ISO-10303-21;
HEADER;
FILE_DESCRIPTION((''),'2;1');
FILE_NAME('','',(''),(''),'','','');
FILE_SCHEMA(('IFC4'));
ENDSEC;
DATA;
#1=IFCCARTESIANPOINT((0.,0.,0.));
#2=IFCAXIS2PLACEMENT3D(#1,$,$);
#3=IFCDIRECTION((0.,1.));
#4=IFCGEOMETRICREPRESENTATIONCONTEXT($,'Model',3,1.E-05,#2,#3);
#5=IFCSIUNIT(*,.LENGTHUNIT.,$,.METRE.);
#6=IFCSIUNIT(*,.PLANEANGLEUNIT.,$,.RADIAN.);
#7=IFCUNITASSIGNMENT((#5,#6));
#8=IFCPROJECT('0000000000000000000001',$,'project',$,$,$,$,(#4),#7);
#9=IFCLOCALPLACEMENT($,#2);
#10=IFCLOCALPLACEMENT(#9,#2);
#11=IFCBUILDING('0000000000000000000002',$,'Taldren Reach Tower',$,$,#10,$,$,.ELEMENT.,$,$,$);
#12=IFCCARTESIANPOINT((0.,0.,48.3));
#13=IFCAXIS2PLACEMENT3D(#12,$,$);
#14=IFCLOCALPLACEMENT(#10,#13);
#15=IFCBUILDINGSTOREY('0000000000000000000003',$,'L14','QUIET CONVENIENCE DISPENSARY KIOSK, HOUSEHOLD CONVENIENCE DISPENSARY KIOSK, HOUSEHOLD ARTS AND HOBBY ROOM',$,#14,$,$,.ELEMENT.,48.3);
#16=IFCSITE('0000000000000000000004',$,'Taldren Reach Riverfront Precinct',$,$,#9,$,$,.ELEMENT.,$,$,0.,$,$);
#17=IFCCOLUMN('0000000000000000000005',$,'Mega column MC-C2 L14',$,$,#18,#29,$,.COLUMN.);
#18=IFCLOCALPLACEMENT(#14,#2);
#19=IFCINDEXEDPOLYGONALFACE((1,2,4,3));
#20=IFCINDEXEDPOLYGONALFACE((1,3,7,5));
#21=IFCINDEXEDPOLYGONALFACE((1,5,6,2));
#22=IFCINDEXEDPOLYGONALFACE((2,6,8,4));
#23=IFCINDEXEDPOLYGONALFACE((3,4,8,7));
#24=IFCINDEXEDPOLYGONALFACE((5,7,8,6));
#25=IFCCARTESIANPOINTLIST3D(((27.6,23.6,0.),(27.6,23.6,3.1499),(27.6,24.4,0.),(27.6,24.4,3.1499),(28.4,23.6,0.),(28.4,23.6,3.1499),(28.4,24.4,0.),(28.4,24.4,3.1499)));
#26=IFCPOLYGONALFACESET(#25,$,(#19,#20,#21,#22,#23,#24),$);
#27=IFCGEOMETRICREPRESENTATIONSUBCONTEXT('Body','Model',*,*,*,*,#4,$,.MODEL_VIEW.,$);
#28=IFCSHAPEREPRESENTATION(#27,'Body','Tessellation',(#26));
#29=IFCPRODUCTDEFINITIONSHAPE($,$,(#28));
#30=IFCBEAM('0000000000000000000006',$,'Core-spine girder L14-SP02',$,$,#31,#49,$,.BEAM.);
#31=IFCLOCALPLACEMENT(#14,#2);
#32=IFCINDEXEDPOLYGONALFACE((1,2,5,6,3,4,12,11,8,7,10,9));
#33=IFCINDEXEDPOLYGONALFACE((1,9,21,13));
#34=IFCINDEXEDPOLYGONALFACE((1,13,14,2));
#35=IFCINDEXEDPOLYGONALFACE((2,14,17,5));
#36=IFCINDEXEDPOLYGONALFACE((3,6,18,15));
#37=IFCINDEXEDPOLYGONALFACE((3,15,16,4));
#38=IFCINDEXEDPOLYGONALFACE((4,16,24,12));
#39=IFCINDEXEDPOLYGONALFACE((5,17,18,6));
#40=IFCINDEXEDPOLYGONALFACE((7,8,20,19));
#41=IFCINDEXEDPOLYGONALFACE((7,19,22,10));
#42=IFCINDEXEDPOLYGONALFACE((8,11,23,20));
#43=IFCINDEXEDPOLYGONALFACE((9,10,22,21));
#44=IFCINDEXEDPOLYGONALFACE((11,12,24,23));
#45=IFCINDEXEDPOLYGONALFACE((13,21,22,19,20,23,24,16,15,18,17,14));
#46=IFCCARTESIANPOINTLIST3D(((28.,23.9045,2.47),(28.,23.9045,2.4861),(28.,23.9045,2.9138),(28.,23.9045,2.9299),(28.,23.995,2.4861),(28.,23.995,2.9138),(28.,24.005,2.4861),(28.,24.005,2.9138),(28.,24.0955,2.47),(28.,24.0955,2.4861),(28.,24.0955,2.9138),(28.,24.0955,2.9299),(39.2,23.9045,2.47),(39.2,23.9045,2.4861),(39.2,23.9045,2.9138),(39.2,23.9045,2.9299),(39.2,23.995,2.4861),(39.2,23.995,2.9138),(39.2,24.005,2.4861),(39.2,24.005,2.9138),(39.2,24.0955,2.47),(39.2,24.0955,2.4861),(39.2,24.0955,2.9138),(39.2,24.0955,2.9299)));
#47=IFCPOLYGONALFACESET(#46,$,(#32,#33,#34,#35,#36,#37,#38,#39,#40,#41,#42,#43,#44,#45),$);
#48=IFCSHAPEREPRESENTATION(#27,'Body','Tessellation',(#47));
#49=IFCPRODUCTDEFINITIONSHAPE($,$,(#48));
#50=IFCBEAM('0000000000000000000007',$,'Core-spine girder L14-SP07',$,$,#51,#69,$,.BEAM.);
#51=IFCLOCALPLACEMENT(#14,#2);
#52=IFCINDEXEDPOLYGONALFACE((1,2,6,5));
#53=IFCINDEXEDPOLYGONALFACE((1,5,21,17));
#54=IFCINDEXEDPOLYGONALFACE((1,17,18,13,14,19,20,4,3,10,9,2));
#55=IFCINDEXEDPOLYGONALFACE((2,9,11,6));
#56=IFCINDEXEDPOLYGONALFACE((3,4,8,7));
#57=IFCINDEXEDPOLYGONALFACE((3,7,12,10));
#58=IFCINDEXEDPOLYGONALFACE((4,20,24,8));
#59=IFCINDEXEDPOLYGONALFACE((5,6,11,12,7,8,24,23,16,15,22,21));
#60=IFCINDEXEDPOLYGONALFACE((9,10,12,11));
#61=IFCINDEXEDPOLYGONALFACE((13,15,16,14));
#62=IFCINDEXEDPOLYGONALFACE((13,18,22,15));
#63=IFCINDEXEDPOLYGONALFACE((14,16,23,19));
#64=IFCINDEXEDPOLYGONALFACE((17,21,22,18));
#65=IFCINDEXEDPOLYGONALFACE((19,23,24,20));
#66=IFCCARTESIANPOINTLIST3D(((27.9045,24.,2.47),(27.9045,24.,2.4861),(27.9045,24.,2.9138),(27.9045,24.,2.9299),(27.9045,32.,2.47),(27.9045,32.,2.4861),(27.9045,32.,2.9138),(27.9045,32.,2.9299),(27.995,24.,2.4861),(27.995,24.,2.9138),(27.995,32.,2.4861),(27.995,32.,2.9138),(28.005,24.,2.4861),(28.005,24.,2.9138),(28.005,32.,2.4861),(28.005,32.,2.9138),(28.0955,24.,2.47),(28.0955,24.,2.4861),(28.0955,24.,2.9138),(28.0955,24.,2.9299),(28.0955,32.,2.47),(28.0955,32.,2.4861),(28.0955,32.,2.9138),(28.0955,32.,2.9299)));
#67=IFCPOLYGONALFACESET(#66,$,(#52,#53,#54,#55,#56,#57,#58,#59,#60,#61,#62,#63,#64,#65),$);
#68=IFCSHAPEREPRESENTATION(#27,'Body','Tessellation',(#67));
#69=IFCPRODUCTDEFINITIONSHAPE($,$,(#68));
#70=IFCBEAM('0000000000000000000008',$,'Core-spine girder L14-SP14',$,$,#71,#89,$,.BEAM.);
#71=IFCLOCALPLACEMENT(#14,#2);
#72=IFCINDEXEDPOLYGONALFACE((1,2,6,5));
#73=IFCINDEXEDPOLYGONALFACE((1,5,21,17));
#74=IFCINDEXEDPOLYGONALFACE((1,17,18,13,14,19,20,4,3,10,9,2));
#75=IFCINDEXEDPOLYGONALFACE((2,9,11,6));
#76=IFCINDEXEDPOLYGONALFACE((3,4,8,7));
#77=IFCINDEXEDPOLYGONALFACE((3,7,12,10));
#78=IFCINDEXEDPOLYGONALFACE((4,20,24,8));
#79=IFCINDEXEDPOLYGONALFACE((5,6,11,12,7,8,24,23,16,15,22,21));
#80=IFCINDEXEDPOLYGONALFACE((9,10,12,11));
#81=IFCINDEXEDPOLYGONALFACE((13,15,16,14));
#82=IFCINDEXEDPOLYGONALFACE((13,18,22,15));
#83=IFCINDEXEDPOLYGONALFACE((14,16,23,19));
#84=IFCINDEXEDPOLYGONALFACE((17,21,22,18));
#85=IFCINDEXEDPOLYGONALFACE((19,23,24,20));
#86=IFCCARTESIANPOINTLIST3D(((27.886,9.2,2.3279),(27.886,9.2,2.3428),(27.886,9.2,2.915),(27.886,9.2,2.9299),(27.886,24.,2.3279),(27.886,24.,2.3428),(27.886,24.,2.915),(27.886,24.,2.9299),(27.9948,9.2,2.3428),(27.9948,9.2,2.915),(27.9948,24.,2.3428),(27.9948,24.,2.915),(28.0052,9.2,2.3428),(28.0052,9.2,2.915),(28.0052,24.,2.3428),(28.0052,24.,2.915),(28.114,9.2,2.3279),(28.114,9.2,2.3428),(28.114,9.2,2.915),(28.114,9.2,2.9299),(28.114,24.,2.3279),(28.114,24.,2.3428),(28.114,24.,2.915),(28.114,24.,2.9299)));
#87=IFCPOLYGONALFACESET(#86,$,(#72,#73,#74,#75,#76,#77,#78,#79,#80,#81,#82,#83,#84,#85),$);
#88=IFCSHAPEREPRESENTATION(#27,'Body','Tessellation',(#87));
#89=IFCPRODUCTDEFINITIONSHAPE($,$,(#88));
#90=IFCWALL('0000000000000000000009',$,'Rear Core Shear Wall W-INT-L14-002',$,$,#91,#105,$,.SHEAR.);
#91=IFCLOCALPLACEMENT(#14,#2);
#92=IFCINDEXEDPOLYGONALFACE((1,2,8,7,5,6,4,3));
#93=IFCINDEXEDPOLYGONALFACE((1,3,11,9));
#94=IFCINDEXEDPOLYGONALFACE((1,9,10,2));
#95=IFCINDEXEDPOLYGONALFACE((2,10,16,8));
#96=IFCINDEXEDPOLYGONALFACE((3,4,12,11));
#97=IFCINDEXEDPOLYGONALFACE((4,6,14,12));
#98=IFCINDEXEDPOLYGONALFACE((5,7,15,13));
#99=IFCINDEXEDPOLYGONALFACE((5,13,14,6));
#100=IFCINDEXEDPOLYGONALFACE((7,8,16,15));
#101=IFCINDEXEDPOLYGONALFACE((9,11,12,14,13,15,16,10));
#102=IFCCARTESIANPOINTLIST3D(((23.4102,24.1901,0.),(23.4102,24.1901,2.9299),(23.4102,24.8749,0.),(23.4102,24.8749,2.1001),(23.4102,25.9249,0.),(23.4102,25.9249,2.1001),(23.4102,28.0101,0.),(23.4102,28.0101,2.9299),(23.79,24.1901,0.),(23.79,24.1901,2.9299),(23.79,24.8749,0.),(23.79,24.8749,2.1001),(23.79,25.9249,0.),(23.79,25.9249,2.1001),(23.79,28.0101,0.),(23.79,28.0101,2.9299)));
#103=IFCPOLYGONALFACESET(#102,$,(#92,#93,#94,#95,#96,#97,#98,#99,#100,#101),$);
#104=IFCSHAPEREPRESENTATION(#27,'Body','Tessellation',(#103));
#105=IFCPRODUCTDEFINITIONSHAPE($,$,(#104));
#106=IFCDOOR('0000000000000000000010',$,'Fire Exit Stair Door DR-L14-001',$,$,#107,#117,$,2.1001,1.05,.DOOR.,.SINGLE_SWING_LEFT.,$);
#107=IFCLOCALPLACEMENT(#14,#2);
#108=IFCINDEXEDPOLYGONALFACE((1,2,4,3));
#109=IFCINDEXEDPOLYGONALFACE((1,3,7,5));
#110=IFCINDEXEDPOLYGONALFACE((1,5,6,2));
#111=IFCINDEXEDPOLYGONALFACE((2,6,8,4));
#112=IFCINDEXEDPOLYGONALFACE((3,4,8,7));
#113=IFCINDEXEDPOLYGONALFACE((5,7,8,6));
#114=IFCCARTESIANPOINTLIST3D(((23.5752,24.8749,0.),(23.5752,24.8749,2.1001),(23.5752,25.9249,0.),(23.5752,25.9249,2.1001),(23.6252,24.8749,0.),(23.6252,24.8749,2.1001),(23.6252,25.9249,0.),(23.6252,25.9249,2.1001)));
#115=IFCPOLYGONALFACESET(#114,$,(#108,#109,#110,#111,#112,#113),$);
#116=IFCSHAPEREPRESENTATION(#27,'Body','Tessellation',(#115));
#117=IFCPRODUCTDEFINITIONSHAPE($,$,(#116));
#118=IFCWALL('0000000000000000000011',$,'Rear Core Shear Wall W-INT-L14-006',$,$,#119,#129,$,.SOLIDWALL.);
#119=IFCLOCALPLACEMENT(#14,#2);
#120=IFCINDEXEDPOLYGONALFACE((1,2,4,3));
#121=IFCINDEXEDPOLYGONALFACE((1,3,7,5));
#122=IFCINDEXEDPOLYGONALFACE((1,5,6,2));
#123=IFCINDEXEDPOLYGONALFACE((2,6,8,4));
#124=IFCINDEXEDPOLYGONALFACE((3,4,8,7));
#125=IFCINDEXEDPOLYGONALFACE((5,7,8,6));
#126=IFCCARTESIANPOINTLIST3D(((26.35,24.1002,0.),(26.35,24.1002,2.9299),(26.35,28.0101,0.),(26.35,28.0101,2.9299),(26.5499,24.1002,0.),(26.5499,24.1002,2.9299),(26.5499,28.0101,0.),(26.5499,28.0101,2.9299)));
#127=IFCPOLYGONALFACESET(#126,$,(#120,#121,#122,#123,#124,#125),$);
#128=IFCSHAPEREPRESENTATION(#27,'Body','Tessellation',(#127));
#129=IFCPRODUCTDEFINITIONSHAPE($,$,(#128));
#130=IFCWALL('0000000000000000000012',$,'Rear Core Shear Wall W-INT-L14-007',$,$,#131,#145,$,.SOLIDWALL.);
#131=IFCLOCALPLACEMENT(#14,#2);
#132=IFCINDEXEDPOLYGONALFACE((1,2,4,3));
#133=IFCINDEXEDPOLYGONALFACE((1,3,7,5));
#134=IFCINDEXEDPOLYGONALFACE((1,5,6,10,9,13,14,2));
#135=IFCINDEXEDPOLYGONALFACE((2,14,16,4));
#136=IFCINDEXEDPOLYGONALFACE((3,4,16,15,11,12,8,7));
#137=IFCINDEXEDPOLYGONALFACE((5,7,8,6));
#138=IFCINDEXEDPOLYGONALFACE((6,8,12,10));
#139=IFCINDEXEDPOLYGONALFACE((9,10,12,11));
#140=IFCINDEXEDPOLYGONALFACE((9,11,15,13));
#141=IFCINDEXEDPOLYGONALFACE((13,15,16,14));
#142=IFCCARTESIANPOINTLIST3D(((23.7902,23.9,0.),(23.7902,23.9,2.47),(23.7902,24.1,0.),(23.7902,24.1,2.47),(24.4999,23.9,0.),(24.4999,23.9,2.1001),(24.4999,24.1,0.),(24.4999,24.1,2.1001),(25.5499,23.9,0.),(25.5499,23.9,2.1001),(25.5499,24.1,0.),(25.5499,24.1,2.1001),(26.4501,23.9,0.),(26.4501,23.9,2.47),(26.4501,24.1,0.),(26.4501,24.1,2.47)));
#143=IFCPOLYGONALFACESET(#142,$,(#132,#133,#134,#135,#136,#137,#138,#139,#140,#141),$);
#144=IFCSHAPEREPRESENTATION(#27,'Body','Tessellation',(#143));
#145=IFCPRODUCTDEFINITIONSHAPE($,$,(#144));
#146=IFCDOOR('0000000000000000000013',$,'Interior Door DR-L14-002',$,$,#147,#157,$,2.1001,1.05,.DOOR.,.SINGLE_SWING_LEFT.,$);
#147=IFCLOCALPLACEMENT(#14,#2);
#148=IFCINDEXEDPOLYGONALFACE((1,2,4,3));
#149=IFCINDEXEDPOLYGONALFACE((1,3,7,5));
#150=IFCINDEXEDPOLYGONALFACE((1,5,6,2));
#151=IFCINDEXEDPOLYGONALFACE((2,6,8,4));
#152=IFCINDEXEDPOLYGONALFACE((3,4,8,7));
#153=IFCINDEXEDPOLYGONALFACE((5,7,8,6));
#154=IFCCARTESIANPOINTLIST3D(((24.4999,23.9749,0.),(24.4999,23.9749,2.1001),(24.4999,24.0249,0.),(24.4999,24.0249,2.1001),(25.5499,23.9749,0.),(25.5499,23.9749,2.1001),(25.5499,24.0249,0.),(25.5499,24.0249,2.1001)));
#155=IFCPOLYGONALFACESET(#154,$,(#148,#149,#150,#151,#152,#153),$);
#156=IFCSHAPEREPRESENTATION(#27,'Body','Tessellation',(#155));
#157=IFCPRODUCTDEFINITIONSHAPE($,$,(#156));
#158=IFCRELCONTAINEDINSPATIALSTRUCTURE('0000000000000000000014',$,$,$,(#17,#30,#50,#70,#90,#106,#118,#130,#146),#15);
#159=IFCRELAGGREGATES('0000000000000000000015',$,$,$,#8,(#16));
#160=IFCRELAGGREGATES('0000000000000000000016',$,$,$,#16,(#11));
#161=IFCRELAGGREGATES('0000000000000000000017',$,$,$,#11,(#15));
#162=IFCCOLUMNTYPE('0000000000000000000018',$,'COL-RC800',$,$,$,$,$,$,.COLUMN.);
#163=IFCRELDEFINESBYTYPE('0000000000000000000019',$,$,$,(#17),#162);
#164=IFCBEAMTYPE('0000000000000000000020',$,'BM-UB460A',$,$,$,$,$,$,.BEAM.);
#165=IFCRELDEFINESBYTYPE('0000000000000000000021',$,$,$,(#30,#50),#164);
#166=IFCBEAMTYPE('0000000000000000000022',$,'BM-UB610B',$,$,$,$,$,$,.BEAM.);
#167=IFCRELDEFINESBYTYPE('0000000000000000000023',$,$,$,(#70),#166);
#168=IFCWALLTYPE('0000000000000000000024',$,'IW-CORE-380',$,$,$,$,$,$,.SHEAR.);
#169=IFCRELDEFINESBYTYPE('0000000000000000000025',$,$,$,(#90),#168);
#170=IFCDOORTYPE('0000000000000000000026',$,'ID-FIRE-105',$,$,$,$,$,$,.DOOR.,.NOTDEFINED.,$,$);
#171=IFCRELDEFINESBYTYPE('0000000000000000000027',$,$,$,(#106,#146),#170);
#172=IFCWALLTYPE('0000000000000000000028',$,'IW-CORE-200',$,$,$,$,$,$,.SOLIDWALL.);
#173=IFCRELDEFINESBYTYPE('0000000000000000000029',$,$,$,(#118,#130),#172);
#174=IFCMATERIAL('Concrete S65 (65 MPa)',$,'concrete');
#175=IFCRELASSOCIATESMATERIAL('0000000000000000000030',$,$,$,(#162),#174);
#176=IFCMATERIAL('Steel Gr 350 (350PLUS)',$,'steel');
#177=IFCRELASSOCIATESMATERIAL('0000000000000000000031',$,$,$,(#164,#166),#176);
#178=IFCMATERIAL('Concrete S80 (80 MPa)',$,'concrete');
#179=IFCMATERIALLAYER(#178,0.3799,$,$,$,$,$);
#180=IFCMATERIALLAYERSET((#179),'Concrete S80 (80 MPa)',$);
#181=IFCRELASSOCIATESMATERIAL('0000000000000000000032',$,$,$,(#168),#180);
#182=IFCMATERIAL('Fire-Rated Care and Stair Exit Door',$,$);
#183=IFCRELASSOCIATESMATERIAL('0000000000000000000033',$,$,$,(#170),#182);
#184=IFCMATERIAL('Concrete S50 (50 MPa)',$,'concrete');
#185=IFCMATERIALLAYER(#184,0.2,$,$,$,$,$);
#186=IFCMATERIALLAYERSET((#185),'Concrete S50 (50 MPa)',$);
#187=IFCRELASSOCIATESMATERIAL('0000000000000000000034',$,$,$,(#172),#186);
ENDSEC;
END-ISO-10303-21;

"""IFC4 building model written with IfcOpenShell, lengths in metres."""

from ifc_helpers import new_model, si_unit, direction, frame, frame_2d, origin, origin_2d, place, context, subcontext, project, spatial, rectangle, i_section, extrude, source, transform, mapped, material, layer, layer_set, material_profile, profile_set, type_object, element, fill, save


model = new_model("IFC4")

# Units and contexts
model_context = context("Model", 3, precision=1e-05, world=origin(), true_north=direction((0.0, 1.0)))
body_context = subcontext(model_context, "Body", "Model", "MODEL_VIEW")
ifc_project = project(units=[si_unit("LENGTHUNIT", "METRE"), si_unit("PLANEANGLEUNIT", "RADIAN")], contexts=[model_context])

# Site, building, storey
site_placement = place(None, origin())
site = spatial("IfcSite", under=ifc_project, at=site_placement, Name="Taldren Reach Riverfront Precinct", CompositionType="ELEMENT", RefElevation=0.0)
building_placement = place(site_placement, origin())
building = spatial("IfcBuilding", under=site, at=building_placement, Name="Taldren Reach Tower", CompositionType="ELEMENT")
storey_placement = place(building_placement, frame((0.0, 0.0, 48.3)))
storey = spatial("IfcBuildingStorey", under=building, at=storey_placement, Name="L14", Description="QUIET CONVENIENCE DISPENSARY KIOSK, HOUSEHOLD CONVENIENCE DISPENSARY KIOSK, HOUSEHOLD ARTS AND HOBBY ROOM", CompositionType="ELEMENT", Elevation=48.3)

# Column
ifc_material_1 = material(Name="Concrete S65 (65 MPa)", Category="concrete")
ifc_material_profile_1 = material_profile(ifc_material_1, rectangle(XDim=0.8, YDim=0.8, at=origin_2d()), Name="RC-800x800")
ifc_profile_set_1 = profile_set([ifc_material_profile_1], Name="Concrete S65 (65 MPa)")
column_type = type_object("IfcColumnType", Name="COL-RC800", PredefinedType="COLUMN", material=ifc_profile_set_1)
shared_shape_1 = source(origin(), body_context, "Body", "SweptSolid", [
    extrude(rectangle(XDim=0.8, YDim=0.8, at=origin_2d()), origin(), (0.0, 0.0, 1.0), 3.1499),
])
column_placement = place(storey_placement, frame((28.0, 24.0, 0.0), z_axis=(0.0, 0.0, 1.0), x_axis=(1.0, 0.0, 0.0)))
element("IfcColumn", 1, at=column_placement, inside=storey, type_object=column_type, Name="Mega column MC-C2 L14", PredefinedType="COLUMN", context=body_context, shape_type="MappedRepresentation", body=[
    mapped(shared_shape_1, transform((0.0, 0.0, 0.0), scale=1.0)),
])

# Beams
ifc_material_2 = material(Name="Steel Gr 350 (350PLUS)", Category="steel")
ifc_material_profile_2 = material_profile(ifc_material_2, i_section(OverallWidth=0.1909, OverallDepth=0.46, WebThickness=0.01, FlangeThickness=0.0161, at=origin_2d()), Name="460UB82.1")
ifc_profile_set_2 = profile_set([ifc_material_profile_2], Name="Steel Gr 350 (350PLUS)")
beam_type_1 = type_object("IfcBeamType", Name="BM-UB460A", PredefinedType="BEAM", material=ifc_profile_set_2)
shared_shape_2 = source(origin(), body_context, "Body", "SweptSolid", [
    extrude(i_section(OverallWidth=0.1909, OverallDepth=0.46, WebThickness=0.01, FlangeThickness=0.0161, at=origin_2d()), origin(), (0.0, 0.0, 1.0), 11.2),
])
beam_1_placement = place(storey_placement, frame((28.0, 24.0, 2.7), z_axis=(1.0, 0.0, 0.0), x_axis=(0.0, 1.0, 0.0)))
element("IfcBeam", 2, at=beam_1_placement, inside=storey, type_object=beam_type_1, Name="Core-spine girder L14-SP02", PredefinedType="BEAM", context=body_context, shape_type="MappedRepresentation", body=[
    mapped(shared_shape_2, transform((0.0, 0.0, 0.0), scale=1.0)),
])
shared_shape_3 = source(origin(), body_context, "Body", "SweptSolid", [
    extrude(i_section(OverallWidth=0.1909, OverallDepth=0.46, WebThickness=0.01, FlangeThickness=0.0161, at=origin_2d()), origin(), (0.0, 0.0, 1.0), 8.0),
])
beam_2_placement = place(storey_placement, frame((28.0, 24.0, 2.7), z_axis=(0.0, 1.0, 0.0), x_axis=(-1.0, 0.0, 0.0)))
element("IfcBeam", 3, at=beam_2_placement, inside=storey, type_object=beam_type_1, Name="Core-spine girder L14-SP07", PredefinedType="BEAM", context=body_context, shape_type="MappedRepresentation", body=[
    mapped(shared_shape_3, transform((0.0, 0.0, 0.0), scale=1.0)),
])
ifc_material_profile_3 = material_profile(ifc_material_2, i_section(OverallWidth=0.228, OverallDepth=0.6021, WebThickness=0.0105, FlangeThickness=0.0149, at=origin_2d()), Name="610UB101")
ifc_profile_set_3 = profile_set([ifc_material_profile_3], Name="Steel Gr 350 (350PLUS)")
beam_type_2 = type_object("IfcBeamType", Name="BM-UB610B", PredefinedType="BEAM", material=ifc_profile_set_3)
shared_shape_4 = source(origin(), body_context, "Body", "SweptSolid", [
    extrude(i_section(OverallWidth=0.228, OverallDepth=0.6021, WebThickness=0.0105, FlangeThickness=0.0149, at=origin_2d()), origin(), (0.0, 0.0, 1.0), 14.8),
])
beam_3_placement = place(storey_placement, frame((28.0, 24.0, 2.6289), z_axis=(0.0, -1.0, 0.0), x_axis=(1.0, 0.0, 0.0)))
element("IfcBeam", 4, at=beam_3_placement, inside=storey, type_object=beam_type_2, Name="Core-spine girder L14-SP14", PredefinedType="BEAM", context=body_context, shape_type="MappedRepresentation", body=[
    mapped(shared_shape_4, transform((0.0, 0.0, 0.0), scale=1.0)),
])

# Wall, opening, door
ifc_material_3 = material(Name="Concrete S80 (80 MPa)", Category="concrete")
ifc_layer_1 = layer(ifc_material_3, 0.3799)
ifc_layer_set_1 = layer_set([ifc_layer_1], Name="Concrete S80 (80 MPa)")
wall_type_1 = type_object("IfcWallType", Name="IW-CORE-380", PredefinedType="SHEAR", material=ifc_layer_set_1)
shared_shape_5 = source(origin(), body_context, "Body", "SweptSolid", [
    extrude(rectangle(XDim=3.8201, YDim=0.3799, at=frame_2d((1.9102, 0.0))), origin(), (0.0, 0.0, 1.0), 2.9299),
])
wall_1_placement = place(storey_placement, frame((23.6001, 24.1899, 0.0), z_axis=(0.0, 0.0, 1.0), x_axis=(0.0, 1.0, 0.0)))
wall_1 = element("IfcWall", 5, at=wall_1_placement, inside=storey, type_object=wall_type_1, Name="Rear Core Shear Wall W-INT-L14-002", PredefinedType="SHEAR", context=body_context, shape_type="MappedRepresentation", body=[
    mapped(shared_shape_5, transform((0.0, 0.0, 0.0), scale=1.0)),
])
shared_shape_6 = source(origin(), body_context, "Body", "SweptSolid", [
    extrude(rectangle(XDim=1.05, YDim=2.1001, at=frame_2d((0.5249, 1.05))), frame((0.0, 0.2, 0.0), z_axis=(0.0, -1.0, 0.0), x_axis=(1.0, 0.0, 0.0)), (0.0, 0.0, 1.0), 0.3999),
])
opening_1_placement = place(wall_1_placement, frame((0.6851, 0.0, 0.0)))
opening_1 = element("IfcOpeningElement", 6, at=opening_1_placement, cuts=wall_1, PredefinedType="OPENING", context=body_context, shape_type="MappedRepresentation", body=[
    mapped(shared_shape_6, transform((0.0, 0.0, 0.0), scale=1.0)),
])
ifc_material_4 = material(Name="Fire-Rated Care and Stair Exit Door")
door_type = type_object("IfcDoorType", Name="ID-FIRE-105", OperationType="NOTDEFINED", PredefinedType="DOOR", material=ifc_material_4)
shared_shape_7 = source(origin(), body_context, "Body", "SweptSolid", [
    extrude(rectangle(XDim=1.05, YDim=2.1001, at=frame_2d((0.5249, 1.05))), frame((0.0, 0.0249, 0.0), z_axis=(0.0, -1.0, 0.0), x_axis=(1.0, 0.0, 0.0)), (0.0, 0.0, 1.0), 0.05),
])
door_1_placement = place(opening_1_placement, origin())
door_1 = element("IfcDoor", 7, at=door_1_placement, inside=storey, type_object=door_type, Name="Fire Exit Stair Door DR-L14-001", OperationType="SINGLE_SWING_LEFT", OverallHeight=2.1001, OverallWidth=1.05, PredefinedType="DOOR", context=body_context, shape_type="MappedRepresentation", body=[
    mapped(shared_shape_7, transform((0.0, 0.0, 0.0), scale=1.0)),
])
fill(opening_1, door_1)

# Wall
ifc_material_5 = material(Name="Concrete S50 (50 MPa)", Category="concrete")
ifc_layer_2 = layer(ifc_material_5, 0.2)
ifc_layer_set_2 = layer_set([ifc_layer_2], Name="Concrete S50 (50 MPa)")
wall_type_2 = type_object("IfcWallType", Name="IW-CORE-200", PredefinedType="SOLIDWALL", material=ifc_layer_set_2)
shared_shape_8 = source(origin(), body_context, "Body", "SweptSolid", [
    extrude(rectangle(XDim=3.9099, YDim=0.2, at=frame_2d((1.9551, 0.0))), origin(), (0.0, 0.0, 1.0), 2.9299),
])
wall_2_placement = place(storey_placement, frame((26.45, 24.1001, 0.0), z_axis=(0.0, 0.0, 1.0), x_axis=(0.0, 1.0, 0.0)))
element("IfcWall", 8, at=wall_2_placement, inside=storey, type_object=wall_type_2, Name="Rear Core Shear Wall W-INT-L14-006", PredefinedType="SOLIDWALL", context=body_context, shape_type="MappedRepresentation", body=[
    mapped(shared_shape_8, transform((0.0, 0.0, 0.0), scale=1.0)),
])

# Wall, opening, door
shared_shape_9 = source(origin(), body_context, "Body", "SweptSolid", [
    extrude(rectangle(XDim=2.6599, YDim=0.2, at=frame_2d((1.3301, 0.0))), origin(), (0.0, 0.0, 1.0), 2.47),
])
wall_3_placement = place(storey_placement, frame((23.79, 24.0, 0.0), z_axis=(0.0, 0.0, 1.0), x_axis=(1.0, 0.0, 0.0)))
wall_3 = element("IfcWall", 9, at=wall_3_placement, inside=storey, type_object=wall_type_2, Name="Rear Core Shear Wall W-INT-L14-007", PredefinedType="SOLIDWALL", context=body_context, shape_type="MappedRepresentation", body=[
    mapped(shared_shape_9, transform((0.0, 0.0, 0.0), scale=1.0)),
])
shared_shape_10 = source(origin(), body_context, "Body", "SweptSolid", [
    extrude(rectangle(XDim=1.05, YDim=2.1001, at=frame_2d((0.5249, 1.05))), frame((0.0, 0.1099, 0.0), z_axis=(0.0, -1.0, 0.0), x_axis=(1.0, 0.0, 0.0)), (0.0, 0.0, 1.0), 0.22),
])
opening_2_placement = place(wall_3_placement, frame((0.71, 0.0, 0.0)))
opening_2 = element("IfcOpeningElement", 10, at=opening_2_placement, cuts=wall_3, PredefinedType="OPENING", context=body_context, shape_type="MappedRepresentation", body=[
    mapped(shared_shape_10, transform((0.0, 0.0, 0.0), scale=1.0)),
])
door_2_placement = place(opening_2_placement, origin())
door_2 = element("IfcDoor", 11, at=door_2_placement, inside=storey, type_object=door_type, Name="Interior Door DR-L14-002", OperationType="SINGLE_SWING_LEFT", OverallHeight=2.1001, OverallWidth=1.05, PredefinedType="DOOR", context=body_context, shape_type="MappedRepresentation", body=[
    mapped(shared_shape_7, transform((0.0, 0.0, 0.0), scale=1.0)),
])
fill(opening_2, door_2)

save(model, "model.ifc")
